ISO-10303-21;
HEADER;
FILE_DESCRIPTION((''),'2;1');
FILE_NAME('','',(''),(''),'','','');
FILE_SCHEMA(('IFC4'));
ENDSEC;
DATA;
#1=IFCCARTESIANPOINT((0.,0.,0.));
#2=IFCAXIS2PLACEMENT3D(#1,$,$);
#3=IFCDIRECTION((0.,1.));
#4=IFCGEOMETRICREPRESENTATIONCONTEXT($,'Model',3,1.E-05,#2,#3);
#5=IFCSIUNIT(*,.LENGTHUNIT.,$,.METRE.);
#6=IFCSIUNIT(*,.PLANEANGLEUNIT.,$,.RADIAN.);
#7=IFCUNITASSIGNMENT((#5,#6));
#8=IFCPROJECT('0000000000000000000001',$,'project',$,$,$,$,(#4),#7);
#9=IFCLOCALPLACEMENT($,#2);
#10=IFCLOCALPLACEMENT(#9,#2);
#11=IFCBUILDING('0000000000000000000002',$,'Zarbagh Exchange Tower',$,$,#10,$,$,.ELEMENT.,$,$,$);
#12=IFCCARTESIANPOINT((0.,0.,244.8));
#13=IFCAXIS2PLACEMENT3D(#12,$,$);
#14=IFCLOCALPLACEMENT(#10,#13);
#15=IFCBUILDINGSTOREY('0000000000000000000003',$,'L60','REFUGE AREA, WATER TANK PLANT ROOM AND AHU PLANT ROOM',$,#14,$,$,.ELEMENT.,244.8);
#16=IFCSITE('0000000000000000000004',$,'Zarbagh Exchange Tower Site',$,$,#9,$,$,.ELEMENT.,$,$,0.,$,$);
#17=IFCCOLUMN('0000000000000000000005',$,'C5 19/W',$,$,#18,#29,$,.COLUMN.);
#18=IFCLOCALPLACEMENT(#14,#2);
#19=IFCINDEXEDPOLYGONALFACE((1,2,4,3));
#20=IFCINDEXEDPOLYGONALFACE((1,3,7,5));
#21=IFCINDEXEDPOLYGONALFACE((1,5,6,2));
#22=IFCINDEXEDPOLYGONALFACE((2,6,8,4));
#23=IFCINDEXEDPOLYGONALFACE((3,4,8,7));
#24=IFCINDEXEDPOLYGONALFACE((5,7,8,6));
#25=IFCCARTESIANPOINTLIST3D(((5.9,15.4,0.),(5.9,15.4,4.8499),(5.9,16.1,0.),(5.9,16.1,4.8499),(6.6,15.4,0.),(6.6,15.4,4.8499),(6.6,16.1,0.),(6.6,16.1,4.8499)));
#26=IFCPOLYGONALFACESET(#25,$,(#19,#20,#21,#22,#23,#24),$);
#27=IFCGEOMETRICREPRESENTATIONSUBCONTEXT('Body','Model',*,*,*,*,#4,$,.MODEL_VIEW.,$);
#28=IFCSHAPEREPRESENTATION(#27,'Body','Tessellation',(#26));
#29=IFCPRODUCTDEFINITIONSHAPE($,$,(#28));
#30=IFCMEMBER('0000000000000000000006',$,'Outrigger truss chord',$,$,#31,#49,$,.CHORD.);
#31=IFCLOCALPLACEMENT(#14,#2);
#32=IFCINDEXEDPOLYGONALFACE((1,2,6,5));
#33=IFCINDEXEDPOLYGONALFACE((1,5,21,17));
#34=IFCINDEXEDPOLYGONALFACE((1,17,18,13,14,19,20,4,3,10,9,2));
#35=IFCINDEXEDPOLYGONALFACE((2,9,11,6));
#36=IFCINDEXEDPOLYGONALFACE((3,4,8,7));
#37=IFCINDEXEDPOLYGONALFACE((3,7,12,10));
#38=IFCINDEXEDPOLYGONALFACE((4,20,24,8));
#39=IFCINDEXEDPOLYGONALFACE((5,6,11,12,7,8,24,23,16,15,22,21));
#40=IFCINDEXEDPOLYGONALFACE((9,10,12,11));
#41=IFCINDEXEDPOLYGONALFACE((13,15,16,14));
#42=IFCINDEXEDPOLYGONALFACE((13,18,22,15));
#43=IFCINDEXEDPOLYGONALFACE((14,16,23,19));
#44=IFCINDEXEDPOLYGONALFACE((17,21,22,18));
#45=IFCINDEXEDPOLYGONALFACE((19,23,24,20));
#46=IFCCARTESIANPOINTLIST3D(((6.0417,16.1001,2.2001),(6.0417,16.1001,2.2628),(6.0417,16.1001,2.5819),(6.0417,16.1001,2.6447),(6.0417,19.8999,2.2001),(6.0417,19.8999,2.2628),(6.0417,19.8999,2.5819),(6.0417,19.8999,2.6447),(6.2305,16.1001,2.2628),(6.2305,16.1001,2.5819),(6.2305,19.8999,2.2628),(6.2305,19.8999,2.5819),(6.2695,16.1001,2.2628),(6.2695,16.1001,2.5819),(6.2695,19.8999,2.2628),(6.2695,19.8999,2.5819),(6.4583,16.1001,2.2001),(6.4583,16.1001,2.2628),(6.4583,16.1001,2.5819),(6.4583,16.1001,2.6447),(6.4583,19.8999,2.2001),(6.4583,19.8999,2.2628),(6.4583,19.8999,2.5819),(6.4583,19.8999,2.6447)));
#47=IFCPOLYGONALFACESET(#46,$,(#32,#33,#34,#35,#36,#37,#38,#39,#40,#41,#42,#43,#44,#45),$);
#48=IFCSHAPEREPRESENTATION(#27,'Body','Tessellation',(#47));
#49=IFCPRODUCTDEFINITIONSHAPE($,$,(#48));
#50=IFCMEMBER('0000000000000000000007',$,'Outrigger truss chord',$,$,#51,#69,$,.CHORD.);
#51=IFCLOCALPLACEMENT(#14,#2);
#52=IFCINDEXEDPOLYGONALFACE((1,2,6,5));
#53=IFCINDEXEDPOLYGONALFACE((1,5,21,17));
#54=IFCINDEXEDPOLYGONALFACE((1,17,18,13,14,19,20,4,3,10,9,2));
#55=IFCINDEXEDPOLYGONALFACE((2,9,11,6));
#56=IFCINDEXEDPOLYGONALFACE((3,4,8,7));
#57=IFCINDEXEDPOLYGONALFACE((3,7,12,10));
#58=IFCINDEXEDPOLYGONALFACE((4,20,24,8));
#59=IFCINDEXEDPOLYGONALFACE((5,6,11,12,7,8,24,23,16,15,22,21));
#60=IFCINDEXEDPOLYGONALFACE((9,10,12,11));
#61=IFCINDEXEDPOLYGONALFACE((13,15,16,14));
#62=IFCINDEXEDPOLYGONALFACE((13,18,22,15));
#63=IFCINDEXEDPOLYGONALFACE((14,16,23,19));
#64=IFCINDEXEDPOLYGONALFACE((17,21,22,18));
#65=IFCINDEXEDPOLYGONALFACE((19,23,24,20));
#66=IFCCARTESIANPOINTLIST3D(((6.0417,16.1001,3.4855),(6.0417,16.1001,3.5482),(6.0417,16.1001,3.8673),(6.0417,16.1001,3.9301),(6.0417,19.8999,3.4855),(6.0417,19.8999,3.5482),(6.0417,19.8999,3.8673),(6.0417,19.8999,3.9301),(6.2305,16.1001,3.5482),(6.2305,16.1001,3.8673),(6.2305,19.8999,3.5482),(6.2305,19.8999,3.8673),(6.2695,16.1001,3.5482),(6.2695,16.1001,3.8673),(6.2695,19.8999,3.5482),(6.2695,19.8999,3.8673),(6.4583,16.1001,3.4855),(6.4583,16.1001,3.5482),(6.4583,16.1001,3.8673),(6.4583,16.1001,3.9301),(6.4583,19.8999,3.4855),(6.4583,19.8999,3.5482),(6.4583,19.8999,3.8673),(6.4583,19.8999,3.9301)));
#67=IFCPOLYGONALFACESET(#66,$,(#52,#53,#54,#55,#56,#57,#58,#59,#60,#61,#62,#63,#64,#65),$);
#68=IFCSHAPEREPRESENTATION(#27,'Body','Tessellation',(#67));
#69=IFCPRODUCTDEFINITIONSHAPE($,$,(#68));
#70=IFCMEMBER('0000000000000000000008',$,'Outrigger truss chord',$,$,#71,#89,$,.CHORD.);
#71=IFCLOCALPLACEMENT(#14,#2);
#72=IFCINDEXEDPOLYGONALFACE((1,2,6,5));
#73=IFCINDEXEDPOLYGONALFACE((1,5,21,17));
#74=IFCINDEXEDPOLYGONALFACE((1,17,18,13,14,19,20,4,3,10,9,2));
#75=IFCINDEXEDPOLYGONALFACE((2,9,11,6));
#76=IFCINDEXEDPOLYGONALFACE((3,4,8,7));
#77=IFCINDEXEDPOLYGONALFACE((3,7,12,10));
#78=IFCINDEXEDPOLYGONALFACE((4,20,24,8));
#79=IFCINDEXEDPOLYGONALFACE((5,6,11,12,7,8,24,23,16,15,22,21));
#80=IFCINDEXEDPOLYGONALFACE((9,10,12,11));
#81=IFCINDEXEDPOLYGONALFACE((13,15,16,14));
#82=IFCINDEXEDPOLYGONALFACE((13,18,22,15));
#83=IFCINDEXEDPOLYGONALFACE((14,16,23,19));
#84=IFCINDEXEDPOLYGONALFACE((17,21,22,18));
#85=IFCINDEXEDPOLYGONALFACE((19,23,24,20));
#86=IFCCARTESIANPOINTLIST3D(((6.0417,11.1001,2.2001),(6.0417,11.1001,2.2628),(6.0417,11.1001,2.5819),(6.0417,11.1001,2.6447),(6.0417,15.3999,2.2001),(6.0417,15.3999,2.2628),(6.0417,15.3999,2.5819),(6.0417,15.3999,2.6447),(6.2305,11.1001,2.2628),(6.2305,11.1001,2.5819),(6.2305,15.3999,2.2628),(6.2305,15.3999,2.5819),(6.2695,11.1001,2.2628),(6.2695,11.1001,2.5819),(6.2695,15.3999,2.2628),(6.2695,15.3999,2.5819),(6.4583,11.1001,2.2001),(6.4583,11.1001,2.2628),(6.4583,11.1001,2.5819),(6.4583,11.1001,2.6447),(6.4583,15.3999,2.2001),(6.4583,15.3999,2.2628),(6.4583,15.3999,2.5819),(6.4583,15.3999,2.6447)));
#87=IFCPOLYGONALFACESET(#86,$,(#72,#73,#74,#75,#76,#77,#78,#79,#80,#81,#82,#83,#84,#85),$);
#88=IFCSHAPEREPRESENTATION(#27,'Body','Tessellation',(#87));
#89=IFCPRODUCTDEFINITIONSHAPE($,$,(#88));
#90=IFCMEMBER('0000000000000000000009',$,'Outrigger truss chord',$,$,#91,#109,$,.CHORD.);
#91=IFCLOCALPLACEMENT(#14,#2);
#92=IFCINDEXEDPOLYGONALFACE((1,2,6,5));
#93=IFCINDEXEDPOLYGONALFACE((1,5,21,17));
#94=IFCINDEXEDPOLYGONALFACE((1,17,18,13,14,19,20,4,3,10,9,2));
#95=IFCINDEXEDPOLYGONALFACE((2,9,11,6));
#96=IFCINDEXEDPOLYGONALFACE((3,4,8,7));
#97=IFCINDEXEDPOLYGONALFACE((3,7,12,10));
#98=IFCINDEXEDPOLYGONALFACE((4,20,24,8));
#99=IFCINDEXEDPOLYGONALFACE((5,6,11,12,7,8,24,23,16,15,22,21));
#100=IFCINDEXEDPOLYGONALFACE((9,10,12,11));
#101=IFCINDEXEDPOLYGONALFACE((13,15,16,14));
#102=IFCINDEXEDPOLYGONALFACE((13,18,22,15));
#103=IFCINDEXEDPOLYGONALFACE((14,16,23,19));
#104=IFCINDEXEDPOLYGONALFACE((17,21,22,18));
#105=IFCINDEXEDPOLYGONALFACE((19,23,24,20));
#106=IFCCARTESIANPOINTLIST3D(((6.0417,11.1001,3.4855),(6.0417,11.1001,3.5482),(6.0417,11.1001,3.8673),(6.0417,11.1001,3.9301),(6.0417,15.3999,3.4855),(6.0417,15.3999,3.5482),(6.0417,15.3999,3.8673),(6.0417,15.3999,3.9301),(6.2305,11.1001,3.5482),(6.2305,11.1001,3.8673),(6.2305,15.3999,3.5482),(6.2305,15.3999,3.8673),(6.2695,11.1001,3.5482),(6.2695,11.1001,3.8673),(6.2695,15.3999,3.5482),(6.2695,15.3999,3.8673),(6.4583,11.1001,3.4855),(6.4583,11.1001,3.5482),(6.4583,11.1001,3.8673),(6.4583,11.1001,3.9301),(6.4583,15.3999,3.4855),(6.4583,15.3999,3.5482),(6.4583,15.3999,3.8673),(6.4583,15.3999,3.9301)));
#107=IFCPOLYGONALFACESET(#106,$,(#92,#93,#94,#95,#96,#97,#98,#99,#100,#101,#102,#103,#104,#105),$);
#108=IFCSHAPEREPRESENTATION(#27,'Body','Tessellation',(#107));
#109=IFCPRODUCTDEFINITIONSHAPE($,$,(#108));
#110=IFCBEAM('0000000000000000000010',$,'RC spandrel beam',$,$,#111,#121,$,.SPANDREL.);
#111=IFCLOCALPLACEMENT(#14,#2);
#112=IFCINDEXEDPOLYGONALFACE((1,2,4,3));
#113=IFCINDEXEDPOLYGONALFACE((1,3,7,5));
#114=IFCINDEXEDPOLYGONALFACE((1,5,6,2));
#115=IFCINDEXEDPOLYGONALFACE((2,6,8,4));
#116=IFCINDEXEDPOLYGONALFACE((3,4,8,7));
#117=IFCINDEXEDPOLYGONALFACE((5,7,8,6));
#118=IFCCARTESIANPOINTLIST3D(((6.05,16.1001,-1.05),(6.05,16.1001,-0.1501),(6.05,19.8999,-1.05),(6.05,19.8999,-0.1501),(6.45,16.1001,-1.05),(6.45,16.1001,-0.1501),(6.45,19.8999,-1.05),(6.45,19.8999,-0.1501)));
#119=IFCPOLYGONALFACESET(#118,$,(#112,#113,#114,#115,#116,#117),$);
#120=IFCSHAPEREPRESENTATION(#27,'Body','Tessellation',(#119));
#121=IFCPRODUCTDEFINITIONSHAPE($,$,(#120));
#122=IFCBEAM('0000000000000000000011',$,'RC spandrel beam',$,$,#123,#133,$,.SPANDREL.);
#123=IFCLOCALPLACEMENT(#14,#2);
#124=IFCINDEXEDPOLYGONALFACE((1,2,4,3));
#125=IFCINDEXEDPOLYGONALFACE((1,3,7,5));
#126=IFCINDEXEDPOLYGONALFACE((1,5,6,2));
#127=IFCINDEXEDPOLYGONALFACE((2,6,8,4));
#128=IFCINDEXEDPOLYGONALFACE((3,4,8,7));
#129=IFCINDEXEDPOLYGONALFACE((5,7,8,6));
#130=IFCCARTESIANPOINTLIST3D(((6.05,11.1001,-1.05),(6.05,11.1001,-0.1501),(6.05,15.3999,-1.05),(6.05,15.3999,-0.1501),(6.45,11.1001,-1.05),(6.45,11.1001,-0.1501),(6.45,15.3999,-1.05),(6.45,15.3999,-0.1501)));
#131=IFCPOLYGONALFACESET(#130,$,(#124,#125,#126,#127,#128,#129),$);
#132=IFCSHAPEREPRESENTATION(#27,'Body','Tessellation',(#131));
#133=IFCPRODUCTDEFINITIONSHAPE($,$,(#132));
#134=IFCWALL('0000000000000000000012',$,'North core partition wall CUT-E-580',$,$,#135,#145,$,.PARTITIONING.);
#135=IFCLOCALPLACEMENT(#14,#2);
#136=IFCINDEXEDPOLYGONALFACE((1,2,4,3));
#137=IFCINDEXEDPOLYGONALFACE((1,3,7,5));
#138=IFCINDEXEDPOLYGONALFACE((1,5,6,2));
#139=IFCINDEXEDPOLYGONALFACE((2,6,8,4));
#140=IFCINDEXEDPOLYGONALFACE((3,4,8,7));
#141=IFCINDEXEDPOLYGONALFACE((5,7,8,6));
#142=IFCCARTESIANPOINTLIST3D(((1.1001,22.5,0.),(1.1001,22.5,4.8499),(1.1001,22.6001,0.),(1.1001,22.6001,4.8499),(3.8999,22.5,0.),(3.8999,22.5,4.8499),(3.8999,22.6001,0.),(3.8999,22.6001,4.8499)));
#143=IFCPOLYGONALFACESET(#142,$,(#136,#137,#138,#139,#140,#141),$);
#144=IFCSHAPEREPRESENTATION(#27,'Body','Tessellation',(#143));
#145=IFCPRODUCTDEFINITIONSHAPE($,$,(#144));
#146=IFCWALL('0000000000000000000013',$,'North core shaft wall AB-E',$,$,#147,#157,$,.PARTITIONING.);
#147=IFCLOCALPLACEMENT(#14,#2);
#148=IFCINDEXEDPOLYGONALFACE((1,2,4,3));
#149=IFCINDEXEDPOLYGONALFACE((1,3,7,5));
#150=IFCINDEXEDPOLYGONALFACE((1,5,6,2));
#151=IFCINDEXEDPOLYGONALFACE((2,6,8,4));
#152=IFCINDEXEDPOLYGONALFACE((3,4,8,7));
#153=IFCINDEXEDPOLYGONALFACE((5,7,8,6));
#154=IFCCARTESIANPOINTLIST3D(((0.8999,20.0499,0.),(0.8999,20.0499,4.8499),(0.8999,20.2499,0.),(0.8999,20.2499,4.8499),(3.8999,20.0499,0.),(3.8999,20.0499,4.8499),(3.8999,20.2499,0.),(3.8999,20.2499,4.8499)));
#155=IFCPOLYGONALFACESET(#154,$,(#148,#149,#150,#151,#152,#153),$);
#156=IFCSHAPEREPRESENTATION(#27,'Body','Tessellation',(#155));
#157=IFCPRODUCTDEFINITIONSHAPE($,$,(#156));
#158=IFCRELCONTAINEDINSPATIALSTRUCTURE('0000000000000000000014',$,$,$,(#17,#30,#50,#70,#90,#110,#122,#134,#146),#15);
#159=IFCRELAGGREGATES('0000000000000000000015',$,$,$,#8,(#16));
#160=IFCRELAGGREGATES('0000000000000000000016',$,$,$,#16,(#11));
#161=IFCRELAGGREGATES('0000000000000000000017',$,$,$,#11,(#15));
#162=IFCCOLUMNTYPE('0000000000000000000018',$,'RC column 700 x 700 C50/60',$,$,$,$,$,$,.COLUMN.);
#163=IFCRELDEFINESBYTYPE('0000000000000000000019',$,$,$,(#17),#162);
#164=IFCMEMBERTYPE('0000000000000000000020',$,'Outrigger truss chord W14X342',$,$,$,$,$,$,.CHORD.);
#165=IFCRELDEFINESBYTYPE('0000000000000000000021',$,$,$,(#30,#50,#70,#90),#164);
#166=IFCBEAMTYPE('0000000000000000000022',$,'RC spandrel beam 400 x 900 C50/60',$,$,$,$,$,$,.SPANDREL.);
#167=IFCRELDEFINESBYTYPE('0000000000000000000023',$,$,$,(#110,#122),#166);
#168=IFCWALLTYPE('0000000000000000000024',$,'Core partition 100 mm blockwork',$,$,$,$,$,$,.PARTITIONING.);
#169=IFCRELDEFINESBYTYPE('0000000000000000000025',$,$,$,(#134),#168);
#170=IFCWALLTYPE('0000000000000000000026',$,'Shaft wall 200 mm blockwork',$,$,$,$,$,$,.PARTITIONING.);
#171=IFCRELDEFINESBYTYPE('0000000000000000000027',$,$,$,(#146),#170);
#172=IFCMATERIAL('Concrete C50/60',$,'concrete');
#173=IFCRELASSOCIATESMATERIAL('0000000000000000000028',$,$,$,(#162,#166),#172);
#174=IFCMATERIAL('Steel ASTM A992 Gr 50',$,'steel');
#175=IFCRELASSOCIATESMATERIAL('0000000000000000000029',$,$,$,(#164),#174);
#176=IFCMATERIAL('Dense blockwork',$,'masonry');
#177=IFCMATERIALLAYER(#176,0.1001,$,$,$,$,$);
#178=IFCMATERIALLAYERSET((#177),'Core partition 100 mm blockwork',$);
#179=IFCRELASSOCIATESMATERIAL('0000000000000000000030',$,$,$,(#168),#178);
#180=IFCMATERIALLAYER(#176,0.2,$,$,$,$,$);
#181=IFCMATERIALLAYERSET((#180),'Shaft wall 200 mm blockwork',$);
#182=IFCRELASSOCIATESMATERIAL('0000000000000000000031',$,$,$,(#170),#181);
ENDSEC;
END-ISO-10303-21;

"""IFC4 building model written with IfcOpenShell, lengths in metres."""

from ifc_helpers import new_model, si_unit, direction, frame, frame_2d, origin, origin_2d, place, context, subcontext, project, spatial, rectangle, i_section, extrude, material, layer, layer_set, material_profile, profile_set, type_object, element, save


model = new_model("IFC4")

# Units and contexts
model_context = context("Model", 3, precision=1e-05, world=origin(), true_north=direction((0.0, 1.0)))
body_context = subcontext(model_context, "Body", "Model", "MODEL_VIEW")
ifc_project = project(units=[si_unit("LENGTHUNIT", "METRE"), si_unit("PLANEANGLEUNIT", "RADIAN")], contexts=[model_context])

# Site, building, storey
site_placement = place(None, origin())
site = spatial("IfcSite", under=ifc_project, at=site_placement, Name="Zarbagh Exchange Tower Site", CompositionType="ELEMENT", RefElevation=0.0)
building_placement = place(site_placement, origin())
building = spatial("IfcBuilding", under=site, at=building_placement, Name="Zarbagh Exchange Tower", CompositionType="ELEMENT")
storey_placement = place(building_placement, frame((0.0, 0.0, 244.8)))
storey = spatial("IfcBuildingStorey", under=building, at=storey_placement, Name="L60", Description="REFUGE AREA, WATER TANK PLANT ROOM AND AHU PLANT ROOM", CompositionType="ELEMENT", Elevation=244.8)

# Column
ifc_material_1 = material(Name="Concrete C50/60", Category="concrete")
ifc_material_profile_1 = material_profile(ifc_material_1, rectangle(XDim=0.7, YDim=0.7, at=origin_2d()), Name="RC column 700 x 700 C50/60")
ifc_profile_set_1 = profile_set([ifc_material_profile_1], Name="Concrete C50/60")
column_type = type_object("IfcColumnType", Name="RC column 700 x 700 C50/60", PredefinedType="COLUMN", material=ifc_profile_set_1)
column_placement = place(storey_placement, frame((6.25, 15.75, 0.0), z_axis=(0.0, 0.0, 1.0), x_axis=(1.0, 0.0, 0.0)))
element("IfcColumn", 1, at=column_placement, inside=storey, type_object=column_type, Name="C5 19/W", PredefinedType="COLUMN", context=body_context, shape_type="SweptSolid", body=[
    extrude(rectangle(XDim=0.7, YDim=0.7, at=origin_2d()), origin(), (0.0, 0.0, 1.0), 4.8499),
])

# Members
ifc_material_2 = material(Name="Steel ASTM A992 Gr 50", Category="steel")
ifc_material_profile_2 = material_profile(ifc_material_2, i_section(OverallWidth=0.4165, OverallDepth=0.4446, WebThickness=0.0391, FlangeThickness=0.0627, at=origin_2d()), Name="W14X342")
ifc_profile_set_2 = profile_set([ifc_material_profile_2], Name="Steel ASTM A992 Gr 50")
member_type = type_object("IfcMemberType", Name="Outrigger truss chord W14X342", PredefinedType="CHORD", material=ifc_profile_set_2)
for number, where, z_axis, x_axis, name in (
    (2, (6.25, 19.8999, 2.4224), (0.0, -1.0, 0.0), (1.0, 0.0, 0.0), "Outrigger truss chord"),
    (3, (6.25, 19.8999, 3.7078), (0.0, -1.0, 0.0), (1.0, 0.0, 0.0), "Outrigger truss chord"),
):
    element("IfcMember", number, at=place(storey_placement, frame(where, z_axis=z_axis, x_axis=x_axis)), inside=storey, type_object=member_type, Name=name, PredefinedType="CHORD", context=body_context, shape_type="SweptSolid", body=[
        extrude(i_section(OverallWidth=0.4165, OverallDepth=0.4446, WebThickness=0.0391, FlangeThickness=0.0627, at=origin_2d()), origin(), (0.0, 0.0, 1.0), 3.7998),
    ])
for number, where, z_axis, x_axis, name in (
    (4, (6.25, 15.3999, 2.4224), (0.0, -1.0, 0.0), (1.0, 0.0, 0.0), "Outrigger truss chord"),
    (5, (6.25, 15.3999, 3.7078), (0.0, -1.0, 0.0), (1.0, 0.0, 0.0), "Outrigger truss chord"),
):
    element("IfcMember", number, at=place(storey_placement, frame(where, z_axis=z_axis, x_axis=x_axis)), inside=storey, type_object=member_type, Name=name, PredefinedType="CHORD", context=body_context, shape_type="SweptSolid", body=[
        extrude(i_section(OverallWidth=0.4165, OverallDepth=0.4446, WebThickness=0.0391, FlangeThickness=0.0627, at=origin_2d()), origin(), (0.0, 0.0, 1.0), 4.2998),
    ])

# Beams
ifc_material_profile_3 = material_profile(ifc_material_1, rectangle(XDim=0.3999, YDim=0.8999, at=origin_2d()), Name="RC spandrel beam 400 x 900 C50/60")
ifc_profile_set_3 = profile_set([ifc_material_profile_3], Name="Concrete C50/60")
beam_type = type_object("IfcBeamType", Name="RC spandrel beam 400 x 900 C50/60", PredefinedType="SPANDREL", material=ifc_profile_set_3)
beam_1_placement = place(storey_placement, frame((6.25, 19.8999, -0.6001), z_axis=(0.0, -1.0, 0.0), x_axis=(1.0, 0.0, 0.0)))
element("IfcBeam", 6, at=beam_1_placement, inside=storey, type_object=beam_type, Name="RC spandrel beam", PredefinedType="SPANDREL", context=body_context, shape_type="SweptSolid", body=[
    extrude(rectangle(XDim=0.3999, YDim=0.8999, at=origin_2d()), origin(), (0.0, 0.0, 1.0), 3.7998),
])
beam_2_placement = place(storey_placement, frame((6.25, 15.3999, -0.6001), z_axis=(0.0, -1.0, 0.0), x_axis=(1.0, 0.0, 0.0)))
element("IfcBeam", 7, at=beam_2_placement, inside=storey, type_object=beam_type, Name="RC spandrel beam", PredefinedType="SPANDREL", context=body_context, shape_type="SweptSolid", body=[
    extrude(rectangle(XDim=0.3999, YDim=0.8999, at=origin_2d()), origin(), (0.0, 0.0, 1.0), 4.2998),
])

# Walls
ifc_material_3 = material(Name="Dense blockwork", Category="masonry")
ifc_layer_1 = layer(ifc_material_3, 0.1001)
ifc_layer_set_1 = layer_set([ifc_layer_1], Name="Core partition 100 mm blockwork")
wall_type_1 = type_object("IfcWallType", Name="Core partition 100 mm blockwork", PredefinedType="PARTITIONING", material=ifc_layer_set_1)
wall_1_placement = place(storey_placement, frame((1.1001, 22.55, 0.0), z_axis=(0.0, 0.0, 1.0), x_axis=(1.0, 0.0, 0.0)))
element("IfcWall", 8, at=wall_1_placement, inside=storey, type_object=wall_type_1, Name="North core partition wall CUT-E-580", PredefinedType="PARTITIONING", context=body_context, shape_type="SweptSolid", body=[
    extrude(rectangle(XDim=2.7998, YDim=0.1001, at=frame_2d((1.3999, 0.0))), origin(), (0.0, 0.0, 1.0), 4.8499),
])
ifc_layer_2 = layer(ifc_material_3, 0.2)
ifc_layer_set_2 = layer_set([ifc_layer_2], Name="Shaft wall 200 mm blockwork")
wall_type_2 = type_object("IfcWallType", Name="Shaft wall 200 mm blockwork", PredefinedType="PARTITIONING", material=ifc_layer_set_2)
wall_2_placement = place(storey_placement, frame((0.8999, 20.1499, 0.0), z_axis=(0.0, 0.0, 1.0), x_axis=(1.0, 0.0, 0.0)))
element("IfcWall", 9, at=wall_2_placement, inside=storey, type_object=wall_type_2, Name="North core shaft wall AB-E", PredefinedType="PARTITIONING", context=body_context, shape_type="SweptSolid", body=[
    extrude(rectangle(XDim=3.0, YDim=0.2, at=frame_2d((1.5, 0.0))), origin(), (0.0, 0.0, 1.0), 4.8499),
])

save(model, "model.ifc")
